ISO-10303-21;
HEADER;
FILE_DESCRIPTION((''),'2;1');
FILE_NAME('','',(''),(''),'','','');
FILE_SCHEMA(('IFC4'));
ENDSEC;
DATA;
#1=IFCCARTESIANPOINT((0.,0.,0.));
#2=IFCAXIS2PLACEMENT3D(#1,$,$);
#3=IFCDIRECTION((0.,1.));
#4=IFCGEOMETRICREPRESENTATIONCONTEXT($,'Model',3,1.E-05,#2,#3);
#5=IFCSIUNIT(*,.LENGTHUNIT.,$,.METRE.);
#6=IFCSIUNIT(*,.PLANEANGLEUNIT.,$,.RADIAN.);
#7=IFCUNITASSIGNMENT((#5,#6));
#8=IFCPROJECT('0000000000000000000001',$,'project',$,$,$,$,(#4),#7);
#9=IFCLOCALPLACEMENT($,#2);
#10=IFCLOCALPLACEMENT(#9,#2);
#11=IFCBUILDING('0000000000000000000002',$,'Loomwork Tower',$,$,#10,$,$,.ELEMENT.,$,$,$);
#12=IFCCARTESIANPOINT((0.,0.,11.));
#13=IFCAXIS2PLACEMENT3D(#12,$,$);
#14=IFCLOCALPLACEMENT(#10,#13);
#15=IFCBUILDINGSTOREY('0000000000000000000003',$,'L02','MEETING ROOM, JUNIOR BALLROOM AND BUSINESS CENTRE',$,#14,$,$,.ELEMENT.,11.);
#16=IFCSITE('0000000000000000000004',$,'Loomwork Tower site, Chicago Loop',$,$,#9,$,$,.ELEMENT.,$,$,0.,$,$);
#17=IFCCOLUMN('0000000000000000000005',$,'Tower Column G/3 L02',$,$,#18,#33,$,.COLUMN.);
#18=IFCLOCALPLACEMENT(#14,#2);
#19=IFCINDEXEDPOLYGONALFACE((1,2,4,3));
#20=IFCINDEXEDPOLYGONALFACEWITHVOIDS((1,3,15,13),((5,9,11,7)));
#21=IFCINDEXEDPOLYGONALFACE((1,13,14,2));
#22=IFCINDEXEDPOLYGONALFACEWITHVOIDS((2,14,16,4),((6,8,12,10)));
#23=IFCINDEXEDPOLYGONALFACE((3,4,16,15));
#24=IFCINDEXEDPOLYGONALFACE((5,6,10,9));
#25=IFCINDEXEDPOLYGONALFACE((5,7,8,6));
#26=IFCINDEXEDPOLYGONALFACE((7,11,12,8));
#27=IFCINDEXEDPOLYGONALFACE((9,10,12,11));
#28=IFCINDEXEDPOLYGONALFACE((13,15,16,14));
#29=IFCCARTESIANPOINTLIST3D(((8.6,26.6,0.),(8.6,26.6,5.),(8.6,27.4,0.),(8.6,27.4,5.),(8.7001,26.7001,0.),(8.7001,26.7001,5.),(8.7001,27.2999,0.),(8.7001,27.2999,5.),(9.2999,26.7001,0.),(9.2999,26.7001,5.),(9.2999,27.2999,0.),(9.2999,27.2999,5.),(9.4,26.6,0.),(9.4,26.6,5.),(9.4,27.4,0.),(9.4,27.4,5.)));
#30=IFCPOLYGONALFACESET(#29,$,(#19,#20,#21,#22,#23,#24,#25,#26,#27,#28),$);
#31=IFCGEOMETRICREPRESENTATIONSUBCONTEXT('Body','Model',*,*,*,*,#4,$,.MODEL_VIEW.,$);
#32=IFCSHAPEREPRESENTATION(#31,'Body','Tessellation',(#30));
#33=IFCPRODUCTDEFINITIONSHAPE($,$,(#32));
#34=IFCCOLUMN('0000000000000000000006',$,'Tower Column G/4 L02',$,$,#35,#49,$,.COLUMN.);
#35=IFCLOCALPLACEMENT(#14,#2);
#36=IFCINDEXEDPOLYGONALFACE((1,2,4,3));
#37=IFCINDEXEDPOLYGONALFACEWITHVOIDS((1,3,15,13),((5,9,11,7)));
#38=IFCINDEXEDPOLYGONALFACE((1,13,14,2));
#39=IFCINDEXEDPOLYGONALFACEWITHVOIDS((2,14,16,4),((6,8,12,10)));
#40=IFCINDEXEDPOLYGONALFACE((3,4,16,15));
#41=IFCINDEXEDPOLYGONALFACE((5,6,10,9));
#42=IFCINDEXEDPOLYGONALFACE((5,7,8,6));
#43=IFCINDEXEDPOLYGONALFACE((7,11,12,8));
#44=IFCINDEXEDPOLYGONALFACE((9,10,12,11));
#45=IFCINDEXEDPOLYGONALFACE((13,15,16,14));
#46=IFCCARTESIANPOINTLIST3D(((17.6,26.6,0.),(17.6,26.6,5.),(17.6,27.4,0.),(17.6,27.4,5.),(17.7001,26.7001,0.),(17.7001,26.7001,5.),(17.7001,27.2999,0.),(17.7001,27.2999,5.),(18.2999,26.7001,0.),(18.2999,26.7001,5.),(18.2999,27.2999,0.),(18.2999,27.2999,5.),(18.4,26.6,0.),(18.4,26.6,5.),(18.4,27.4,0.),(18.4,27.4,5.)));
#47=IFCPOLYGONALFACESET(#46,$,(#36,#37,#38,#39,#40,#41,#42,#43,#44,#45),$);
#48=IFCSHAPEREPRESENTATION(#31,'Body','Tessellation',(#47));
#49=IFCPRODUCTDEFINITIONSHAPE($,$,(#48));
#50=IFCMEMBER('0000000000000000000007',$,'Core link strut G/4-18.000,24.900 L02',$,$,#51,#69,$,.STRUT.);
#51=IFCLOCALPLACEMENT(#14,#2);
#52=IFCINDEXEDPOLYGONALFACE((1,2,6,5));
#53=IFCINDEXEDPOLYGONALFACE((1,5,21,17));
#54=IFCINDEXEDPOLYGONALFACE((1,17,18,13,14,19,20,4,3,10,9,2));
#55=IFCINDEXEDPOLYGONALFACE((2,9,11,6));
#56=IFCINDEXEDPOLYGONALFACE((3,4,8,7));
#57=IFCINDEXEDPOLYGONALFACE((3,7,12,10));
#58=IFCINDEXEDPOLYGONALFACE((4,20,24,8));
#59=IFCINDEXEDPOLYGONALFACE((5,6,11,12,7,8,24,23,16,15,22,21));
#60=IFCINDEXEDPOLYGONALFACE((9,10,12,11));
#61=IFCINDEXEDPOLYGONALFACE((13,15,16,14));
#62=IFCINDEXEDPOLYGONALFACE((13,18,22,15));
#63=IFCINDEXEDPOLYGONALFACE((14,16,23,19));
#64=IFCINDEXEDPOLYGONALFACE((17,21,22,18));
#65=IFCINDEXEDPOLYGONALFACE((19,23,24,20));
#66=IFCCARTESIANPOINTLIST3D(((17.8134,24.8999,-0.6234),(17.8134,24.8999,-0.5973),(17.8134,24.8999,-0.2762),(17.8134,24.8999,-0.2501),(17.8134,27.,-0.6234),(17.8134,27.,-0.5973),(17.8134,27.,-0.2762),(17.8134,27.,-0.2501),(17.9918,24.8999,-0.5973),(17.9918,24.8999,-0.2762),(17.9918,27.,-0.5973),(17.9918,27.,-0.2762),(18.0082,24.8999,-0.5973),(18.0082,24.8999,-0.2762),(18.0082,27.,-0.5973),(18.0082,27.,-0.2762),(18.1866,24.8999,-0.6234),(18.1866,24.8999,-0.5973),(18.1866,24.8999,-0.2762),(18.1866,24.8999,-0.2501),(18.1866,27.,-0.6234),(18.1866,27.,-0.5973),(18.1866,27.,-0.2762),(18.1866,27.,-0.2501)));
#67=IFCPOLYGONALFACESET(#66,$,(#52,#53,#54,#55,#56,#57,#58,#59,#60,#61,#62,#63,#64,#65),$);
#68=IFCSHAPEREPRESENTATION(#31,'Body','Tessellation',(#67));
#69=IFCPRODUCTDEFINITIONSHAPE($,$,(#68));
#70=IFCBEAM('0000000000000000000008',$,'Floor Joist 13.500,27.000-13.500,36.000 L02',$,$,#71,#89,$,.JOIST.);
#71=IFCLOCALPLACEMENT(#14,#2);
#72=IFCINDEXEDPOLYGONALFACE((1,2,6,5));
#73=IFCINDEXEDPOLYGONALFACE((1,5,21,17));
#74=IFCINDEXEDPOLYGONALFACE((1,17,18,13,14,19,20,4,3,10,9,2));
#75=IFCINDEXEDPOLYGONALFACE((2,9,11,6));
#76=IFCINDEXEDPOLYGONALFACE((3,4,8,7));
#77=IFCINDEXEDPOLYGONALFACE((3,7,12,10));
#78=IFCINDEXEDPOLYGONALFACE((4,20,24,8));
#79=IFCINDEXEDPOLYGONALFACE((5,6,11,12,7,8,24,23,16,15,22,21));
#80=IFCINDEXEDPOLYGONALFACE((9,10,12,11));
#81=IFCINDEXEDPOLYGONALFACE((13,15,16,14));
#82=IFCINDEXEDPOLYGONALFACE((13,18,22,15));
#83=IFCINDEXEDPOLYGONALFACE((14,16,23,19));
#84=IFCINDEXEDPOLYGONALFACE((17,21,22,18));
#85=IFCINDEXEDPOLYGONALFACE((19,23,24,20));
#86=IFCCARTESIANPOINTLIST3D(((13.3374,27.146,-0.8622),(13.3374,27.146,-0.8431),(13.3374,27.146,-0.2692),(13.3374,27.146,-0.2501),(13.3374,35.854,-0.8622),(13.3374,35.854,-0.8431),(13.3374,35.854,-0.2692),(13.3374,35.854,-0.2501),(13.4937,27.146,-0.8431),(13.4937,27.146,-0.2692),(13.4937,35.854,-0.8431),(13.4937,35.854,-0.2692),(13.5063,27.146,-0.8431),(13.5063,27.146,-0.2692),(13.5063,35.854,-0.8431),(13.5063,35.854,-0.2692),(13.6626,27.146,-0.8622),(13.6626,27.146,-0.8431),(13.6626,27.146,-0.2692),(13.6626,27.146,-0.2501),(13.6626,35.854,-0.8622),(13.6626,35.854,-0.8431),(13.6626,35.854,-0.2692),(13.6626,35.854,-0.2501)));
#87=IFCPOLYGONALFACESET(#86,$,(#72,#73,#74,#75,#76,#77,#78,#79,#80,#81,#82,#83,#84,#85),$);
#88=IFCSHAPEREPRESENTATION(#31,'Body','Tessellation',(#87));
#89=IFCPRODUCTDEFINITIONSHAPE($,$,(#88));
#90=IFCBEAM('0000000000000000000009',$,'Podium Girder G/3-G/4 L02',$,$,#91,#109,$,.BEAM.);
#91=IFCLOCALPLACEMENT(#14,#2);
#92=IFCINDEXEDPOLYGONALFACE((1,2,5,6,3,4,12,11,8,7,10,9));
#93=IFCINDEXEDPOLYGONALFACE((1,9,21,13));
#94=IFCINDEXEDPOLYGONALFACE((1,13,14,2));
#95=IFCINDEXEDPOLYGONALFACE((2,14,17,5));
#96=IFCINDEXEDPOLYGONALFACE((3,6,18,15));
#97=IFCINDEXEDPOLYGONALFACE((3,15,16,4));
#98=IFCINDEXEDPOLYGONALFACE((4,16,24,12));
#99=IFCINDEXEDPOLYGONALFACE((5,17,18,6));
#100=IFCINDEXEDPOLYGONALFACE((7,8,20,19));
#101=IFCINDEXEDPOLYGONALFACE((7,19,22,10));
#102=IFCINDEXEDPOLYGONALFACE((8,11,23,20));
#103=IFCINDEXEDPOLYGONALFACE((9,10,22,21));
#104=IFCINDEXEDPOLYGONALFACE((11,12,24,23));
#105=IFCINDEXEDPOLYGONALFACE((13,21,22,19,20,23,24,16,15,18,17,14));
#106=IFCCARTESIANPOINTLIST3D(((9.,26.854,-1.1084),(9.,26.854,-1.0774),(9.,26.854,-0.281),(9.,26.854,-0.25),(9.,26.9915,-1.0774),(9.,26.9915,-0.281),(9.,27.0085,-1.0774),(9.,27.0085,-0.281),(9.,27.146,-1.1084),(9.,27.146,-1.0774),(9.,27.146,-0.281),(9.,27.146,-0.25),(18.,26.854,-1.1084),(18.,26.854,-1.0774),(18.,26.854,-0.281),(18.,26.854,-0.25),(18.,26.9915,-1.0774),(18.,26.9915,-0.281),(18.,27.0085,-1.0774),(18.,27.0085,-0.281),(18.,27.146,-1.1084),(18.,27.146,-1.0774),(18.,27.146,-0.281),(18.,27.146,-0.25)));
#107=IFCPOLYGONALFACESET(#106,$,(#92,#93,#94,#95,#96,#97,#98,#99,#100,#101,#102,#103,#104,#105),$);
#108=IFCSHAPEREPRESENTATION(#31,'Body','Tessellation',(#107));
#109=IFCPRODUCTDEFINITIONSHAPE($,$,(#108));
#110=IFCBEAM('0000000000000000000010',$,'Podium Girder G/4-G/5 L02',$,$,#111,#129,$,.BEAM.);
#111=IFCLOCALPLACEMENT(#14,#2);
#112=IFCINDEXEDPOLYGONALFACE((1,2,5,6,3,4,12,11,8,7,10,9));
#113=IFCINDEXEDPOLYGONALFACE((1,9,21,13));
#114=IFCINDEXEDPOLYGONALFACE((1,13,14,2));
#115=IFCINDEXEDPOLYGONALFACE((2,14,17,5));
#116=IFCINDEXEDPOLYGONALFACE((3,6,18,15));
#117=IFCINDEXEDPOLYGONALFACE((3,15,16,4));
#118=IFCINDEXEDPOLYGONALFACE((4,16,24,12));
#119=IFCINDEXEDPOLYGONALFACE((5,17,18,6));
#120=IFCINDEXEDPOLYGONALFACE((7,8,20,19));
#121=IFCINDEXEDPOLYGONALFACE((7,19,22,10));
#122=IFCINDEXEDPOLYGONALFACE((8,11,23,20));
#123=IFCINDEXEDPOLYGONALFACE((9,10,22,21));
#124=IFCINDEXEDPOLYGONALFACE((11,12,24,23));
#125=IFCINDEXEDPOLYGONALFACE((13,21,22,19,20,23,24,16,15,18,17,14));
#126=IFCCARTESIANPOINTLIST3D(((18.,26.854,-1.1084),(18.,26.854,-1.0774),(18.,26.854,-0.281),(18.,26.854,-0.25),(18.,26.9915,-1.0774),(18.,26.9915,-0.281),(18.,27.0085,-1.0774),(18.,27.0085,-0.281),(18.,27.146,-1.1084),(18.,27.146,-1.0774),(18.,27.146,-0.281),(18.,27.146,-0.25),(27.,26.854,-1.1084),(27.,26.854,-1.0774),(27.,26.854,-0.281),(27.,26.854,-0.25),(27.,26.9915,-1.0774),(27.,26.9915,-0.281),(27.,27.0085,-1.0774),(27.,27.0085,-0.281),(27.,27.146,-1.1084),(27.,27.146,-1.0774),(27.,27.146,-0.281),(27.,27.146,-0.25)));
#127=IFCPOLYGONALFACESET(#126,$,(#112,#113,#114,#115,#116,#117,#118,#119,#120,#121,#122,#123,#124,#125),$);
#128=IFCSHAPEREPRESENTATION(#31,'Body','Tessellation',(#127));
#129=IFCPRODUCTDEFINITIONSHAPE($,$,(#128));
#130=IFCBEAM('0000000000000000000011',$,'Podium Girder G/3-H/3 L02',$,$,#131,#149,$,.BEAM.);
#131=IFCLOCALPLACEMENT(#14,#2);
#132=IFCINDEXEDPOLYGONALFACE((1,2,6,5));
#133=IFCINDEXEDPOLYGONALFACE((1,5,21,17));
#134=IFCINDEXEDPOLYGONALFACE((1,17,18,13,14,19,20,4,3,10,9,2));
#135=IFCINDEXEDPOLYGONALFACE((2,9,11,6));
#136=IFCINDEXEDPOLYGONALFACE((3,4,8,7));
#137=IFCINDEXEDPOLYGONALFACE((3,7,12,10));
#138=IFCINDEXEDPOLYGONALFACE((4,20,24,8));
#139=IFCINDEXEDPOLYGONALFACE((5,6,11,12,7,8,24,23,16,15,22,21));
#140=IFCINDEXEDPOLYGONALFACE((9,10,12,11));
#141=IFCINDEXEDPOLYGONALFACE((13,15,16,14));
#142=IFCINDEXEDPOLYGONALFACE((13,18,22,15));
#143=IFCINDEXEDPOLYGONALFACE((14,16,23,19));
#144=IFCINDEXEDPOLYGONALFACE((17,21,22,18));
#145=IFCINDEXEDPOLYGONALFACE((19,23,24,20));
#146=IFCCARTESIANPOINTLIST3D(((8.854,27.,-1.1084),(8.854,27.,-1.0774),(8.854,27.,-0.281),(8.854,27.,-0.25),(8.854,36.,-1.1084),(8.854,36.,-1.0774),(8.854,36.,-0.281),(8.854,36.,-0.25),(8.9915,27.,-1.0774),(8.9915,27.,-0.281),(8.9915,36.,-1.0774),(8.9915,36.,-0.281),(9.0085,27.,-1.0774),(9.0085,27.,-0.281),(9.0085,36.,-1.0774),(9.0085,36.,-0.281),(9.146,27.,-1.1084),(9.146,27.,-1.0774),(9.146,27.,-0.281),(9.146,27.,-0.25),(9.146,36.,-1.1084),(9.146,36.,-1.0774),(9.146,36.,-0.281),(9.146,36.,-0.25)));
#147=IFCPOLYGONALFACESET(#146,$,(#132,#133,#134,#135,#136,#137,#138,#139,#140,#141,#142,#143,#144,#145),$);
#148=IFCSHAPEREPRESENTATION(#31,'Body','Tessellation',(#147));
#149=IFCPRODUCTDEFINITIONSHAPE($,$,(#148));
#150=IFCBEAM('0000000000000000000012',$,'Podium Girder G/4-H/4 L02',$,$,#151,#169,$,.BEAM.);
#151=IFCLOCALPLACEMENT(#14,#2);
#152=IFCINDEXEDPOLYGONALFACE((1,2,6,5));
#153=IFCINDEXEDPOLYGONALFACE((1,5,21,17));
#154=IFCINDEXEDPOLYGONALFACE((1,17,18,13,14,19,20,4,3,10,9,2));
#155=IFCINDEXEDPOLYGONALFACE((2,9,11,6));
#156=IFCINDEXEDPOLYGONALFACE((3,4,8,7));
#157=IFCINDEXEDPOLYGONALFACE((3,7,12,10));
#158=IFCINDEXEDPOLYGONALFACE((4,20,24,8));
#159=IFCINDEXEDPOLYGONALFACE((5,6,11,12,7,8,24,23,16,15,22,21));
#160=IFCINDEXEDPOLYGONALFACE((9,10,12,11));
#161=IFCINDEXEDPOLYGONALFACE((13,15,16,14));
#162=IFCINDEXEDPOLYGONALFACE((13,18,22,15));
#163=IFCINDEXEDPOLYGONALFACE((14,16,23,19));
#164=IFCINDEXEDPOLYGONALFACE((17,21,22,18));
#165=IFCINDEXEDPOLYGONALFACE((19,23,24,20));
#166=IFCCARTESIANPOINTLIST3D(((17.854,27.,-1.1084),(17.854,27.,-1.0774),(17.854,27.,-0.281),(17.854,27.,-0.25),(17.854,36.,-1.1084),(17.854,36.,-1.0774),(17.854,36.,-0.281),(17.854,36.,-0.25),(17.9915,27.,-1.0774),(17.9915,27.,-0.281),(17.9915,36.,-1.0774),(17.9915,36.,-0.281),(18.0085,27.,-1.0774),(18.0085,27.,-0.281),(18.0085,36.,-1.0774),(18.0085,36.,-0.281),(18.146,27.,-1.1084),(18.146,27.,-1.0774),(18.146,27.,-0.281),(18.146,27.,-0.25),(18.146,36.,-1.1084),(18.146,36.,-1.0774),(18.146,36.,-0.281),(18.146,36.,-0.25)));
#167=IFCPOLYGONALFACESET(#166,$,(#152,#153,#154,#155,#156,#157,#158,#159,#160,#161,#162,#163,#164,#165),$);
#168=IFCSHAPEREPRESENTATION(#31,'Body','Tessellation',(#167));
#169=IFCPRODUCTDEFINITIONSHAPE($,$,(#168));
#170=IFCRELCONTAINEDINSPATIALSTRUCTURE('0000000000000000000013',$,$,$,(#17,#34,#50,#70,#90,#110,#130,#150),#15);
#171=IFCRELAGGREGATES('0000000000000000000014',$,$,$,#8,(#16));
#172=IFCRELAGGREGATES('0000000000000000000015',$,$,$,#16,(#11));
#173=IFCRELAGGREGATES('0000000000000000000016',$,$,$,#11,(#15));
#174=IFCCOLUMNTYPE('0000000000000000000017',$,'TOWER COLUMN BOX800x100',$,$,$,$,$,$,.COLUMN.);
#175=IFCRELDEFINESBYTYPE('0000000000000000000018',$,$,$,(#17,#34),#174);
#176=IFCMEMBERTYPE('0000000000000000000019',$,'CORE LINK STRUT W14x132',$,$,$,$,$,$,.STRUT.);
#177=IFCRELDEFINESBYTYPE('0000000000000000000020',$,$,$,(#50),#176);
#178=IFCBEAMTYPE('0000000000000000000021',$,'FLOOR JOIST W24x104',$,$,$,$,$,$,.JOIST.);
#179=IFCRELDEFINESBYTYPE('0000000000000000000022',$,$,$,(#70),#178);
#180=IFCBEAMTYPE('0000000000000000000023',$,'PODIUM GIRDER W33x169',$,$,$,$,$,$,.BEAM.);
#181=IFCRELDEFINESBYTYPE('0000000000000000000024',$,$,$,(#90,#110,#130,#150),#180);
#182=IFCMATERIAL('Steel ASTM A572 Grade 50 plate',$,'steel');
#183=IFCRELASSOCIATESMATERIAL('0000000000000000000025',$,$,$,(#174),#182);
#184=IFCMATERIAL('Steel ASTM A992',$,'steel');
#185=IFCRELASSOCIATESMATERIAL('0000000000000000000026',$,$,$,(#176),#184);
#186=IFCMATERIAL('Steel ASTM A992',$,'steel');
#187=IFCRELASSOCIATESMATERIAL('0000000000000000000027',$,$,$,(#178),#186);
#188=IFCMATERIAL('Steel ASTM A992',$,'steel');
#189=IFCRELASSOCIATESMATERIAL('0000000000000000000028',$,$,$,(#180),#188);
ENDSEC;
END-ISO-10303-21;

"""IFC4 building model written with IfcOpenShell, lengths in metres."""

from ifc_helpers import new_model, si_unit, direction, frame, origin, origin_2d, place, context, subcontext, project, spatial, hollow_rectangle, i_section, extrude, material, material_profile, profile_set, type_object, element, save


model = new_model("IFC4")

# Units and contexts
model_context = context("Model", 3, precision=1e-05, world=origin(), true_north=direction((0.0, 1.0)))
body_context = subcontext(model_context, "Body", "Model", "MODEL_VIEW")
ifc_project = project(units=[si_unit("LENGTHUNIT", "METRE"), si_unit("PLANEANGLEUNIT", "RADIAN")], contexts=[model_context])

# Site, building, storey
site_placement = place(None, origin())
site = spatial("IfcSite", under=ifc_project, at=site_placement, Name="Loomwork Tower site, Chicago Loop", CompositionType="ELEMENT", RefElevation=0.0)
building_placement = place(site_placement, origin())
building = spatial("IfcBuilding", under=site, at=building_placement, Name="Loomwork Tower", CompositionType="ELEMENT")
storey_placement = place(building_placement, frame((0.0, 0.0, 11.0)))
storey = spatial("IfcBuildingStorey", under=building, at=storey_placement, Name="L02", Description="MEETING ROOM, JUNIOR BALLROOM AND BUSINESS CENTRE", CompositionType="ELEMENT", Elevation=11.0)

# Columns
ifc_material_1 = material(Name="Steel ASTM A572 Grade 50 plate", Category="steel")
ifc_material_profile_1 = material_profile(ifc_material_1, hollow_rectangle(XDim=0.8, YDim=0.8, WallThickness=0.1001, at=origin_2d()), Name="BOX800x100")
ifc_profile_set_1 = profile_set([ifc_material_profile_1], Name="Steel ASTM A572 Grade 50 plate")
column_type = type_object("IfcColumnType", Name="TOWER COLUMN BOX800x100", PredefinedType="COLUMN", material=ifc_profile_set_1)
for number, where, z_axis, x_axis, name in (
    (1, (9.0, 27.0, 0.0), (0.0, 0.0, 1.0), (1.0, 0.0, 0.0), "Tower Column G/3 L02"),
    (2, (18.0, 27.0, 0.0), (0.0, 0.0, 1.0), (1.0, 0.0, 0.0), "Tower Column G/4 L02"),
):
    element("IfcColumn", number, at=place(storey_placement, frame(where, z_axis=z_axis, x_axis=x_axis)), inside=storey, type_object=column_type, Name=name, PredefinedType="COLUMN", context=body_context, shape_type="SweptSolid", body=[
        extrude(hollow_rectangle(XDim=0.8, YDim=0.8, WallThickness=0.1001, at=origin_2d()), origin(), (0.0, 0.0, 1.0), 5.0),
    ])

# Member
ifc_material_2 = material(Name="Steel ASTM A992", Category="steel")
ifc_material_profile_2 = material_profile(ifc_material_2, i_section(OverallWidth=0.3733, OverallDepth=0.3733, WebThickness=0.0164, FlangeThickness=0.0261, at=origin_2d()), Name="W14x132")
ifc_profile_set_2 = profile_set([ifc_material_profile_2], Name="Steel ASTM A992")
member_type = type_object("IfcMemberType", Name="CORE LINK STRUT W14x132", PredefinedType="STRUT", material=ifc_profile_set_2)
member_placement = place(storey_placement, frame((18.0, 27.0, -0.4368), z_axis=(0.0, -1.0, 0.0), x_axis=(1.0, 0.0, 0.0)))
element("IfcMember", 3, at=member_placement, inside=storey, type_object=member_type, Name="Core link strut G/4-18.000,24.900 L02", PredefinedType="STRUT", context=body_context, shape_type="SweptSolid", body=[
    extrude(i_section(OverallWidth=0.3733, OverallDepth=0.3733, WebThickness=0.0164, FlangeThickness=0.0261, at=origin_2d()), origin(), (0.0, 0.0, 1.0), 2.1001),
])

# Beams
ifc_material_3 = material(Name="Steel ASTM A992", Category="steel")
ifc_material_profile_3 = material_profile(ifc_material_3, i_section(OverallWidth=0.3252, OverallDepth=0.6121, WebThickness=0.0127, FlangeThickness=0.019, at=origin_2d()), Name="W24x104")
ifc_profile_set_3 = profile_set([ifc_material_profile_3], Name="Steel ASTM A992")
beam_type_1 = type_object("IfcBeamType", Name="FLOOR JOIST W24x104", PredefinedType="JOIST", material=ifc_profile_set_3)
beam_placement = place(storey_placement, frame((13.5, 27.146, -0.5562), z_axis=(0.0, 1.0, 0.0), x_axis=(-1.0, 0.0, 0.0)))
element("IfcBeam", 4, at=beam_placement, inside=storey, type_object=beam_type_1, Name="Floor Joist 13.500,27.000-13.500,36.000 L02", PredefinedType="JOIST", context=body_context, shape_type="SweptSolid", body=[
    extrude(i_section(OverallWidth=0.3252, OverallDepth=0.6121, WebThickness=0.0127, FlangeThickness=0.019, at=origin_2d()), origin(), (0.0, 0.0, 1.0), 8.708),
])
ifc_material_4 = material(Name="Steel ASTM A992", Category="steel")
ifc_material_profile_4 = material_profile(ifc_material_4, i_section(OverallWidth=0.292, OverallDepth=0.8584, WebThickness=0.0171, FlangeThickness=0.031, at=origin_2d()), Name="W33x169")
ifc_profile_set_4 = profile_set([ifc_material_profile_4], Name="Steel ASTM A992")
beam_type_2 = type_object("IfcBeamType", Name="PODIUM GIRDER W33x169", PredefinedType="BEAM", material=ifc_profile_set_4)
for number, where, z_axis, x_axis, name in (
    (5, (9.0, 27.0, -0.6792), (1.0, 0.0, 0.0), (0.0, 1.0, 0.0), "Podium Girder G/3-G/4 L02"),
    (6, (18.0, 27.0, -0.6792), (1.0, 0.0, 0.0), (0.0, 1.0, 0.0), "Podium Girder G/4-G/5 L02"),
    (7, (9.0, 27.0, -0.6792), (0.0, 1.0, 0.0), (-1.0, 0.0, 0.0), "Podium Girder G/3-H/3 L02"),
    (8, (18.0, 27.0, -0.6792), (0.0, 1.0, 0.0), (-1.0, 0.0, 0.0), "Podium Girder G/4-H/4 L02"),
):
    element("IfcBeam", number, at=place(storey_placement, frame(where, z_axis=z_axis, x_axis=x_axis)), inside=storey, type_object=beam_type_2, Name=name, PredefinedType="BEAM", context=body_context, shape_type="SweptSolid", body=[
        extrude(i_section(OverallWidth=0.292, OverallDepth=0.8584, WebThickness=0.0171, FlangeThickness=0.031, at=origin_2d()), origin(), (0.0, 0.0, 1.0), 9.0),
    ])

save(model, "model.ifc")
